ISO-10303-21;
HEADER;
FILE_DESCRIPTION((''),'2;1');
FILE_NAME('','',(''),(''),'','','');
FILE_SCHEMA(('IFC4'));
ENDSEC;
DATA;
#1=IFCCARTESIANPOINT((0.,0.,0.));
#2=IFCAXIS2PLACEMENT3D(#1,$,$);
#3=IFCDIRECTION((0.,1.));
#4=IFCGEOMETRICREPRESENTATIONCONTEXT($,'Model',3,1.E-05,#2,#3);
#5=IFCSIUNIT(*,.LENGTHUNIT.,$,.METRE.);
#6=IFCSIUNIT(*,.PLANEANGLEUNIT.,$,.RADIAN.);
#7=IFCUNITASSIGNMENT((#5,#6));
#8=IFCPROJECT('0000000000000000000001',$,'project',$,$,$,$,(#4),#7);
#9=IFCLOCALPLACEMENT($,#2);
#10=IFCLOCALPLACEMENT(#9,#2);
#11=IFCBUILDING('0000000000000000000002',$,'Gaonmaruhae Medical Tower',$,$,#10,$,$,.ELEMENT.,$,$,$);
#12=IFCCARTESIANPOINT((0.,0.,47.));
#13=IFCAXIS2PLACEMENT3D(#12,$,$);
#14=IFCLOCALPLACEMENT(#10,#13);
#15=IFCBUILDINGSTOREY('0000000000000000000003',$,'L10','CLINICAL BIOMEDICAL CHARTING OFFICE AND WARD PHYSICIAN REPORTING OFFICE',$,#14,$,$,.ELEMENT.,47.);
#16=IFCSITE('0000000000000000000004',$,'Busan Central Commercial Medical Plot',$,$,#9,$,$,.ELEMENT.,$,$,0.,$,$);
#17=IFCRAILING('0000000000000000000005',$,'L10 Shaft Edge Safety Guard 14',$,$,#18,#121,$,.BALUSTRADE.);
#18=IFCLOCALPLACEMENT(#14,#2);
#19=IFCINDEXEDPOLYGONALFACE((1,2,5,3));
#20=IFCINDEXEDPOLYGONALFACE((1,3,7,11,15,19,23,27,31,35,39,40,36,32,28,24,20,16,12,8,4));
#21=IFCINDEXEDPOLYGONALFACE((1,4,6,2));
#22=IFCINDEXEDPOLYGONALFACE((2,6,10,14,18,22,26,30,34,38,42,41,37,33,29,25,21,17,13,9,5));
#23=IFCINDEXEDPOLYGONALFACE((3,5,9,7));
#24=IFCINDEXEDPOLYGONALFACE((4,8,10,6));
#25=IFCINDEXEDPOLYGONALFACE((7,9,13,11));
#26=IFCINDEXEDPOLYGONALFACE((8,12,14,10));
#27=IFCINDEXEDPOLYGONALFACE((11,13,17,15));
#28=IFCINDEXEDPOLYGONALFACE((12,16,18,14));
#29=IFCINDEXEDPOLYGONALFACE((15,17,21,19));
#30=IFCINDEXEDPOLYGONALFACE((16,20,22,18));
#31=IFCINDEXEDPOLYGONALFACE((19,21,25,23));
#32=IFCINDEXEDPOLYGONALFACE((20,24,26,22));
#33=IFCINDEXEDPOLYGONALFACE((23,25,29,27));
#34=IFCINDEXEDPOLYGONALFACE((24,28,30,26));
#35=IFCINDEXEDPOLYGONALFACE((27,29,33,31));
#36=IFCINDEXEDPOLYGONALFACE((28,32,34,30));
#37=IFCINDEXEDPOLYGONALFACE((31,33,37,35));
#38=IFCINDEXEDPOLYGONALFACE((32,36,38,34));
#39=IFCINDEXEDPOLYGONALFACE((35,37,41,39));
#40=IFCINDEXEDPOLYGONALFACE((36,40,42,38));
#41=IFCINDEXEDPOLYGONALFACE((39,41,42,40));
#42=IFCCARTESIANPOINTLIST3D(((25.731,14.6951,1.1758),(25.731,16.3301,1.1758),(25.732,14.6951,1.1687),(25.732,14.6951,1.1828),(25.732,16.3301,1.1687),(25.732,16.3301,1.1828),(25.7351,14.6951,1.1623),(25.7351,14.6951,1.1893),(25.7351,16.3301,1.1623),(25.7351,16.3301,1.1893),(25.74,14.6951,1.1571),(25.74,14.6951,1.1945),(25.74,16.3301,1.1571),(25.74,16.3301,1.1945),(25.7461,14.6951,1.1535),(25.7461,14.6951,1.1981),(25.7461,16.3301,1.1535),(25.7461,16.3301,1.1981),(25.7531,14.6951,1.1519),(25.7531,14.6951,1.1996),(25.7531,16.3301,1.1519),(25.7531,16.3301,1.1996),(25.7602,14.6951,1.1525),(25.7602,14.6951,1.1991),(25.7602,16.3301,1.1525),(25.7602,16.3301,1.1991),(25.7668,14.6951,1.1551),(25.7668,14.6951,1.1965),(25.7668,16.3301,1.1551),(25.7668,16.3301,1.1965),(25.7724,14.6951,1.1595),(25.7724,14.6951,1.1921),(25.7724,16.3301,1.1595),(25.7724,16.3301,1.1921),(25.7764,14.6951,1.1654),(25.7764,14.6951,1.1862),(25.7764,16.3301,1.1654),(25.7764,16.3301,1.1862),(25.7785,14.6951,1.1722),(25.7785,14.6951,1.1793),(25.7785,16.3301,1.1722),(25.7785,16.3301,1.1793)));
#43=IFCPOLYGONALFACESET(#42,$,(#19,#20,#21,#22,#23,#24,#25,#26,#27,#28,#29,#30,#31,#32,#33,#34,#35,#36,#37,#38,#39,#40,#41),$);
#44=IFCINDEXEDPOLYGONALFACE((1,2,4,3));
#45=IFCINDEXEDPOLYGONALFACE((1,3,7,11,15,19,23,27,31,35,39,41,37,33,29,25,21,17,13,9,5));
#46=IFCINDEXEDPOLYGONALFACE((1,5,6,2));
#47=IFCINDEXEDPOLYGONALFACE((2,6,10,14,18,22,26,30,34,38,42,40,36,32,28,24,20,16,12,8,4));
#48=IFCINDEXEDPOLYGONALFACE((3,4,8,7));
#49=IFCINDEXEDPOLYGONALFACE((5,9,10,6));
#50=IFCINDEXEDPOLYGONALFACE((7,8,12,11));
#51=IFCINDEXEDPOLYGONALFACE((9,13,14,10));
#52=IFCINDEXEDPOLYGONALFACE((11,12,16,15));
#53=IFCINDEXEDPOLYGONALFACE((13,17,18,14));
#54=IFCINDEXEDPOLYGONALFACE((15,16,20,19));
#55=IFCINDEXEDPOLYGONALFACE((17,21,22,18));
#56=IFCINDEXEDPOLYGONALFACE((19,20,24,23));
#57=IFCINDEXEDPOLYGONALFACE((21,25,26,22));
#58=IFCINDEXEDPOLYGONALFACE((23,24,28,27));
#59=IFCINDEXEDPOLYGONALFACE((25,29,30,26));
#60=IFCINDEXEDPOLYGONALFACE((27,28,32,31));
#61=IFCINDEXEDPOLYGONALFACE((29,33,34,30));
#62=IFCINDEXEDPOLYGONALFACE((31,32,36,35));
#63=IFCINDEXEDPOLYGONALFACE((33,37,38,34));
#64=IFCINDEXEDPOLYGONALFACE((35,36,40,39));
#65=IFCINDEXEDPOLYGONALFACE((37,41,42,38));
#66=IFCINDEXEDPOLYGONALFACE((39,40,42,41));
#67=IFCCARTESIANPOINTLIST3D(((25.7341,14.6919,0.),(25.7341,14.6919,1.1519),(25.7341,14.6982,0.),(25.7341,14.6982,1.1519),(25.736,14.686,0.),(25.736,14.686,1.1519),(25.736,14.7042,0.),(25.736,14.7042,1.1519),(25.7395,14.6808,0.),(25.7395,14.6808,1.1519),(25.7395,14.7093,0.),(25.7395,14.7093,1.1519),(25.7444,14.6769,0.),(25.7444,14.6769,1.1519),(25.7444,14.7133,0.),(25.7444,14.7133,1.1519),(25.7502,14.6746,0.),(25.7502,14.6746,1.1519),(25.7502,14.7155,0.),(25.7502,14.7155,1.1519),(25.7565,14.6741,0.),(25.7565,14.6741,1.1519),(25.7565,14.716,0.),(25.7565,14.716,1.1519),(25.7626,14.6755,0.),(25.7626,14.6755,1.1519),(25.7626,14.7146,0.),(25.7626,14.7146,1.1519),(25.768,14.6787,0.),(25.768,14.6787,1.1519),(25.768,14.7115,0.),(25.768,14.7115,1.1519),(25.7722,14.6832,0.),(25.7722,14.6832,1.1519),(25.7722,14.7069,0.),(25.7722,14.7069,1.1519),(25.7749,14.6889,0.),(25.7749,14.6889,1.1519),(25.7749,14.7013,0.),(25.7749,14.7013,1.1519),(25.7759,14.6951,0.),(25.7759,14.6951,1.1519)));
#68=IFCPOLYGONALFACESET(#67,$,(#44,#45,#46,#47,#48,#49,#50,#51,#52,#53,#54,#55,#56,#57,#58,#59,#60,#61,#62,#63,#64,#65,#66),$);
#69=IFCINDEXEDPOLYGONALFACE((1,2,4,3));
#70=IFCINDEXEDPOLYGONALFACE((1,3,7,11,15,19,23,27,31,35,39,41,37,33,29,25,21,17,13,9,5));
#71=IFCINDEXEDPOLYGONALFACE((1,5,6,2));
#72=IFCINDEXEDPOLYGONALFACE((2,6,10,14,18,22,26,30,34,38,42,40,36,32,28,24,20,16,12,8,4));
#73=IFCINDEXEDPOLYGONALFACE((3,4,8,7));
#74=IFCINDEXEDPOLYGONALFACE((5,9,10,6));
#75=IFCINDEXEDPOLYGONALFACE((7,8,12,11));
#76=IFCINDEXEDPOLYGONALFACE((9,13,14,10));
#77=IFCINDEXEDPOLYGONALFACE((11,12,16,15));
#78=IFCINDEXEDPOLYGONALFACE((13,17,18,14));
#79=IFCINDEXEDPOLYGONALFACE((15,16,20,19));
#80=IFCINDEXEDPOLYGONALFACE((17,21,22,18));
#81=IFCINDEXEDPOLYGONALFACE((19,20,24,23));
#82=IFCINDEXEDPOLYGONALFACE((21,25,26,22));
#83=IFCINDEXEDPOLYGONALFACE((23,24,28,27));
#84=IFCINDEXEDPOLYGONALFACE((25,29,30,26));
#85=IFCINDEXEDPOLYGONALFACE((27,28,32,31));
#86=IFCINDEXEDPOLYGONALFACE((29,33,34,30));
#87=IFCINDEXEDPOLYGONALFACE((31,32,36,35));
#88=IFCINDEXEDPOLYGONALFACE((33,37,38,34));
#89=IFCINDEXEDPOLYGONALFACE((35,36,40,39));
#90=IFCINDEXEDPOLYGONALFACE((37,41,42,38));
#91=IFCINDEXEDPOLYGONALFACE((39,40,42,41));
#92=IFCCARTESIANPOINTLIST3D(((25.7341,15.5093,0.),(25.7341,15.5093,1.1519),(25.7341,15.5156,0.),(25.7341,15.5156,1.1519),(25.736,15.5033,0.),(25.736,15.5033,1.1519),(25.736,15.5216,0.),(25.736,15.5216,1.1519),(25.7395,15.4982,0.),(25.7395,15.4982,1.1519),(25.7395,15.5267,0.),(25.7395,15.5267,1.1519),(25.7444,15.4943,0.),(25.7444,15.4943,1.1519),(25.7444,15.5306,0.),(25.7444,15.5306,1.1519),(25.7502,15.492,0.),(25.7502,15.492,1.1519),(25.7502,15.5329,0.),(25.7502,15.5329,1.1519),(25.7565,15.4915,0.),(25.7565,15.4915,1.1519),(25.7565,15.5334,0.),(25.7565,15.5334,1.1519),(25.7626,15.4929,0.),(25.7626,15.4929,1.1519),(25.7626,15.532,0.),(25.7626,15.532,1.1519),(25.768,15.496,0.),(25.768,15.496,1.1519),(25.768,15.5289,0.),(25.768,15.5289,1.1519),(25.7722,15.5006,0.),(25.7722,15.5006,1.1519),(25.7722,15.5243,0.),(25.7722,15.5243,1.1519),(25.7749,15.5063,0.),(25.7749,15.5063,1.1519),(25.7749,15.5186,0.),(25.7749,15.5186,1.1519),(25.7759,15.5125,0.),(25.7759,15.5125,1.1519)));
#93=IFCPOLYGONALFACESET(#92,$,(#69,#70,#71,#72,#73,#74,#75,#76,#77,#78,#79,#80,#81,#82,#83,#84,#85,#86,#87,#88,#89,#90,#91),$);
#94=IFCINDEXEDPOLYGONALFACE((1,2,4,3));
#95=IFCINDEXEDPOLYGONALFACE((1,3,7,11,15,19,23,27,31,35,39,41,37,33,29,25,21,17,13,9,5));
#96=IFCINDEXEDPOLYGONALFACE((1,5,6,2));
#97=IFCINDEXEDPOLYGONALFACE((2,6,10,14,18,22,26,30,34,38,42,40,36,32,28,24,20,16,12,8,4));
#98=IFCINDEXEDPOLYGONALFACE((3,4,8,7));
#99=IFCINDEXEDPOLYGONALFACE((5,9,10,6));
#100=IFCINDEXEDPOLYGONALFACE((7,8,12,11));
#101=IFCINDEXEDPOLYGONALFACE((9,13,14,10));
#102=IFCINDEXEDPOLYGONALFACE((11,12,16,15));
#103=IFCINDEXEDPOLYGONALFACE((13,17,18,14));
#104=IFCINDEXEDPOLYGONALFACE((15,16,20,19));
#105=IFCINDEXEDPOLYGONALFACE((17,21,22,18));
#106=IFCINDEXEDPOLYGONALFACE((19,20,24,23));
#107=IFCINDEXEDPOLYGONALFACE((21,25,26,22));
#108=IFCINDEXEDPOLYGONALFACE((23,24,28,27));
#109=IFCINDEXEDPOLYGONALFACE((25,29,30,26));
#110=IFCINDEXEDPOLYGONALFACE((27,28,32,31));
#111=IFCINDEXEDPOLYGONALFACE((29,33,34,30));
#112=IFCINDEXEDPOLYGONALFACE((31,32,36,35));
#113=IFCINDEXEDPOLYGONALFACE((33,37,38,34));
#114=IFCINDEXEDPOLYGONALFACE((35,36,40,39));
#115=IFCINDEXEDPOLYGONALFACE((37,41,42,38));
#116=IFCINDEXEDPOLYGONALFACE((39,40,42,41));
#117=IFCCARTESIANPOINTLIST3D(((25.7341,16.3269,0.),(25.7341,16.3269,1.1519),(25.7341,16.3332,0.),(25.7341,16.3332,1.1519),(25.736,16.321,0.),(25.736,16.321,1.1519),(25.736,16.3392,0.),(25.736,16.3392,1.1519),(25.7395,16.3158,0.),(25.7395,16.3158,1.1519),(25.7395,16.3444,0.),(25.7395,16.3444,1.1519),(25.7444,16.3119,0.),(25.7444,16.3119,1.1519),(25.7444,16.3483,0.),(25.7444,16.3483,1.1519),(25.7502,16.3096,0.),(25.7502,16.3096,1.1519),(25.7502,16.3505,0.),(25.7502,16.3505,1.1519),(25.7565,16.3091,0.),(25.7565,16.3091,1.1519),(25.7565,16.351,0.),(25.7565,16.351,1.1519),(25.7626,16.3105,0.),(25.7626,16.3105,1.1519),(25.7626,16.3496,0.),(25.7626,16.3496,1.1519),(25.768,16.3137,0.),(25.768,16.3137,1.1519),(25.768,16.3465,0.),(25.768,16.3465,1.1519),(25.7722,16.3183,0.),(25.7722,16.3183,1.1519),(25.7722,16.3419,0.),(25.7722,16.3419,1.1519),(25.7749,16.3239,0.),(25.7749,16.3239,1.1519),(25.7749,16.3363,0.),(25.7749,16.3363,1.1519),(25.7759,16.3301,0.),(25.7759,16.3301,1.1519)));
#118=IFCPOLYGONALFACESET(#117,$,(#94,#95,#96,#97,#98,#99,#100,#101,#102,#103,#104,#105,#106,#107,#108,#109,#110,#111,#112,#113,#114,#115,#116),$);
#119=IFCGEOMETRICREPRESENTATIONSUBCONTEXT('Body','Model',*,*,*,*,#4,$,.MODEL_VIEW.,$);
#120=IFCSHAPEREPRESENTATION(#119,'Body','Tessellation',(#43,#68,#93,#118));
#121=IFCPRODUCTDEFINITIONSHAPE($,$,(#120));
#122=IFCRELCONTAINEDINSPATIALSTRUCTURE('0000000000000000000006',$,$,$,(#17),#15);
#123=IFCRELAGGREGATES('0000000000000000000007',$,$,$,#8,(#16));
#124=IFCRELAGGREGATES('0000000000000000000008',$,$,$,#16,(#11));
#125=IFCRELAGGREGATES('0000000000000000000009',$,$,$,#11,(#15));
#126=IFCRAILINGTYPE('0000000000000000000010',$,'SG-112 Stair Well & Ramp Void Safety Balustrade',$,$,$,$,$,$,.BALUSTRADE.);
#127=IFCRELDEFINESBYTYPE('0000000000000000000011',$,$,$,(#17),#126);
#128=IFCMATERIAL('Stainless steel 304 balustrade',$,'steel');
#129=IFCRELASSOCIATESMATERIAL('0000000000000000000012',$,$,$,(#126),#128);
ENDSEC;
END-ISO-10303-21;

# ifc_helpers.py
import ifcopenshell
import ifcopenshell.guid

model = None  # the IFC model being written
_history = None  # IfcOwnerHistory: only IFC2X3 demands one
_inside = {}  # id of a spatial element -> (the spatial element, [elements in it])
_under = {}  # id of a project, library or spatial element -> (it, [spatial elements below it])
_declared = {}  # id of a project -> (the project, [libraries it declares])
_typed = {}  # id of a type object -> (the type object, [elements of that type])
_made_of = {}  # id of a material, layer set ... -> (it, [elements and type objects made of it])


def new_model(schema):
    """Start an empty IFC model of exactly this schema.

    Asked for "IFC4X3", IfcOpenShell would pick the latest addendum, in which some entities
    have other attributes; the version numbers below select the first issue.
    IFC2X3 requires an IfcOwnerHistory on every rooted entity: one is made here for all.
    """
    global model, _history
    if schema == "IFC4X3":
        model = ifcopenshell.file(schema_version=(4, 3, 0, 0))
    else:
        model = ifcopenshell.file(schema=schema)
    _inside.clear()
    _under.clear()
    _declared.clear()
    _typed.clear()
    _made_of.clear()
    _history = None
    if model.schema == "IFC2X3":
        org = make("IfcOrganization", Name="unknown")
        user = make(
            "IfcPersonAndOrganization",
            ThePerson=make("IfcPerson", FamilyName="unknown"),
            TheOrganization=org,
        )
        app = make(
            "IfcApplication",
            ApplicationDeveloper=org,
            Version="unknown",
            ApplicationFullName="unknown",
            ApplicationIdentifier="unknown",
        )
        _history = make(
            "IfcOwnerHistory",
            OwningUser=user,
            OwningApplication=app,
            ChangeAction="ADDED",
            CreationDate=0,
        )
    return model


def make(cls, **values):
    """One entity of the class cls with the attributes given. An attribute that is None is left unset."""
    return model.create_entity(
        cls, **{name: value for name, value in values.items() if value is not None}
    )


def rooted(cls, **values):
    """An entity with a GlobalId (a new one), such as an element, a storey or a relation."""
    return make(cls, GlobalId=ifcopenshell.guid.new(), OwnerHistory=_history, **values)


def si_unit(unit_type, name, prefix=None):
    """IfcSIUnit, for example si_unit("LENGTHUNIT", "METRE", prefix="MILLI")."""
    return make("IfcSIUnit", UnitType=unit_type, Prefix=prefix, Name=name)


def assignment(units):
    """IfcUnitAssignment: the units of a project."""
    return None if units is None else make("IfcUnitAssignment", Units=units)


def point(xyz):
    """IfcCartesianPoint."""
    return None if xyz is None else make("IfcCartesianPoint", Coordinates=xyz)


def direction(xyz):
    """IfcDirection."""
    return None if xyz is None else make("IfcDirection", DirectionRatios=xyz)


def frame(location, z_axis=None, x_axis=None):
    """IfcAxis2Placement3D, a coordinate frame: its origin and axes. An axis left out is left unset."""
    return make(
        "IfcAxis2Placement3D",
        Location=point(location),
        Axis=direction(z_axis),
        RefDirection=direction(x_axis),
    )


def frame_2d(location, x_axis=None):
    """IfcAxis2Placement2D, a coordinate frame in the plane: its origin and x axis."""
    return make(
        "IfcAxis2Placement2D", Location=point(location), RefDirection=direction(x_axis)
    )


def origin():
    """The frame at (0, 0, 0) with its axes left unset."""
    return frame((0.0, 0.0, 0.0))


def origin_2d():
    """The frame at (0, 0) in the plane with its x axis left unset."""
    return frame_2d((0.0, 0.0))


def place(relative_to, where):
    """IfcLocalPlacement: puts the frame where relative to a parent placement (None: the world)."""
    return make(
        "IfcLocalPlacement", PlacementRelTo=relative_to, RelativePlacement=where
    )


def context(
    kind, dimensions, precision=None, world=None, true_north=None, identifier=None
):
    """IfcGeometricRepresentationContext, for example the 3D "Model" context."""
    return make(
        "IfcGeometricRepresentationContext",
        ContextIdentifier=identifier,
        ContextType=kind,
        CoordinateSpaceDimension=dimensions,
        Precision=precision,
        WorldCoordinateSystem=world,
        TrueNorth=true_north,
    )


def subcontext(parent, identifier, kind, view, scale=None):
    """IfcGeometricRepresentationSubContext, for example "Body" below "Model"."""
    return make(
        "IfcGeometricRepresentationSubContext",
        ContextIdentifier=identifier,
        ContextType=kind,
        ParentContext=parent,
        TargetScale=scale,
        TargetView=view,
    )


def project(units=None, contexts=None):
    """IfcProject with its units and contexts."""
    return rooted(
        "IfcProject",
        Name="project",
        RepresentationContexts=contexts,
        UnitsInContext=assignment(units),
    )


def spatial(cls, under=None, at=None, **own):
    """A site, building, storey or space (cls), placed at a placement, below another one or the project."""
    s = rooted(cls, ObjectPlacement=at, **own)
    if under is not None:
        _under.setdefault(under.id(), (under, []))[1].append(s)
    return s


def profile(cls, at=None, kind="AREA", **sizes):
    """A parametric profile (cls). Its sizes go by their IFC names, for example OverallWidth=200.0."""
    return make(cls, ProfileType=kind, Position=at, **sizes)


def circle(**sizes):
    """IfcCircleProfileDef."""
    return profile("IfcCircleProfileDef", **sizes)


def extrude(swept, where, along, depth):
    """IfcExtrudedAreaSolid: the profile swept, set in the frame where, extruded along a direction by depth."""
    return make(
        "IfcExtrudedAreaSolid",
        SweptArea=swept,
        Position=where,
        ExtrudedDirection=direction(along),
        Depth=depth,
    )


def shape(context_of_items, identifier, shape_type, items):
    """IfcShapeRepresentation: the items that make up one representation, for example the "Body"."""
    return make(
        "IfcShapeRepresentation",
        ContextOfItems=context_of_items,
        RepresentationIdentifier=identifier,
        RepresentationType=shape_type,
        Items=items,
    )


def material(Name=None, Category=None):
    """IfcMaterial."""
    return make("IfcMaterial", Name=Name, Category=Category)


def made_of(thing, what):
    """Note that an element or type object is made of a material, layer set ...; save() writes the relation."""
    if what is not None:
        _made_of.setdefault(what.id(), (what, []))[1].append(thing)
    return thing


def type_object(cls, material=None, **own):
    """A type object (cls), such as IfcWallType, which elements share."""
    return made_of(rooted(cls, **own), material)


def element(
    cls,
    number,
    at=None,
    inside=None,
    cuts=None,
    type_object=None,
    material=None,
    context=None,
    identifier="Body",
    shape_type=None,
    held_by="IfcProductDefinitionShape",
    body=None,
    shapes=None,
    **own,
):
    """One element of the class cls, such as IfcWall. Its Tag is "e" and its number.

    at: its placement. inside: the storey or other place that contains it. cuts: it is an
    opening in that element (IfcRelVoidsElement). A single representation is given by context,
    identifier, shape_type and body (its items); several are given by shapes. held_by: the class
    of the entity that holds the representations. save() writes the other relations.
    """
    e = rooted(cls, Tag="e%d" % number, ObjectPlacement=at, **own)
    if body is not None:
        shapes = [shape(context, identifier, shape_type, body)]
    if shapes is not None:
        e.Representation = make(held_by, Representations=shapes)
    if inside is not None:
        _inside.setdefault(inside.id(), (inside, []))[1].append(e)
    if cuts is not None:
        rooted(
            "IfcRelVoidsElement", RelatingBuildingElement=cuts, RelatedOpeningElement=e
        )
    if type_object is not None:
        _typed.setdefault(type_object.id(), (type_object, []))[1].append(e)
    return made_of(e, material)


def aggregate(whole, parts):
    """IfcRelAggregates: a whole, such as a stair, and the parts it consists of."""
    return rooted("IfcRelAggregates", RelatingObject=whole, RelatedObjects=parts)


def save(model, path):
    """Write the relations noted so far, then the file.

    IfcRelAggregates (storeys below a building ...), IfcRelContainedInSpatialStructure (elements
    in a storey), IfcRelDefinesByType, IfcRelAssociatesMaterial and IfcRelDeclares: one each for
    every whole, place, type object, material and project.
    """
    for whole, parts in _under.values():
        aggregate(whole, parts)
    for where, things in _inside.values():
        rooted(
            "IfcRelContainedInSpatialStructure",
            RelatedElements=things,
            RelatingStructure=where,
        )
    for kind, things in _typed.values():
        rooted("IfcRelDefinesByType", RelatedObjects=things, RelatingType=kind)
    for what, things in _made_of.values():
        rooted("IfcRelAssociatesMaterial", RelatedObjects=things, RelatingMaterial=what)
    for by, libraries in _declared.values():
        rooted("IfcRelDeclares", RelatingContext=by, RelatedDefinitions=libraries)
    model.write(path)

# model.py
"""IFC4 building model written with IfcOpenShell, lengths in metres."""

from ifc_helpers import new_model, si_unit, direction, frame, origin, origin_2d, place, context, subcontext, project, spatial, circle, extrude, material, type_object, element, save


model = new_model("IFC4")

# Units and contexts
model_context = context("Model", 3, precision=1e-05, world=origin(), true_north=direction((0.0, 1.0)))
body_context = subcontext(model_context, "Body", "Model", "MODEL_VIEW")
ifc_project = project(units=[si_unit("LENGTHUNIT", "METRE"), si_unit("PLANEANGLEUNIT", "RADIAN")], contexts=[model_context])

# Site, building, storey
site_placement = place(None, origin())
site = spatial("IfcSite", under=ifc_project, at=site_placement, Name="Busan Central Commercial Medical Plot", CompositionType="ELEMENT", RefElevation=0.0)
building_placement = place(site_placement, origin())
building = spatial("IfcBuilding", under=site, at=building_placement, Name="Gaonmaruhae Medical Tower", CompositionType="ELEMENT")
storey_placement = place(building_placement, frame((0.0, 0.0, 47.0)))
storey = spatial("IfcBuildingStorey", under=building, at=storey_placement, Name="L10", Description="CLINICAL BIOMEDICAL CHARTING OFFICE AND WARD PHYSICIAN REPORTING OFFICE", CompositionType="ELEMENT", Elevation=47.0)

# Railing
ifc_material_1 = material(Name="Stainless steel 304 balustrade", Category="steel")
railing_type_1 = type_object("IfcRailingType", Name="SG-112 Stair Well & Ramp Void Safety Balustrade", PredefinedType="BALUSTRADE", material=ifc_material_1)
for number, where, name in (
    (1, (25.7549, 14.6951, 0.0), "L10 Shaft Edge Safety Guard 14"),
):
    element("IfcRailing", number, at=place(storey_placement, frame(where)), inside=storey, type_object=railing_type_1, Name=name, PredefinedType="BALUSTRADE", context=body_context, shape_type="SweptSolid", body=[
        extrude(circle(Radius=0.0239, at=origin_2d()), frame((0.0, 0.0, 1.1758), z_axis=(0.0, 1.0, 0.0), x_axis=(-1.0, 0.0, 0.0)), (0.0, 0.0, 1.0), 1.635),
        extrude(circle(Radius=0.021, at=origin_2d()), origin(), (0.0, 0.0, 1.0), 1.1519),
        extrude(circle(Radius=0.021, at=origin_2d()), frame((0.0, 0.8174, 0.0)), (0.0, 0.0, 1.0), 1.1519),
        extrude(circle(Radius=0.021, at=origin_2d()), frame((0.0, 1.635, 0.0)), (0.0, 0.0, 1.0), 1.1519),
    ])

save(model, "model.ifc")
